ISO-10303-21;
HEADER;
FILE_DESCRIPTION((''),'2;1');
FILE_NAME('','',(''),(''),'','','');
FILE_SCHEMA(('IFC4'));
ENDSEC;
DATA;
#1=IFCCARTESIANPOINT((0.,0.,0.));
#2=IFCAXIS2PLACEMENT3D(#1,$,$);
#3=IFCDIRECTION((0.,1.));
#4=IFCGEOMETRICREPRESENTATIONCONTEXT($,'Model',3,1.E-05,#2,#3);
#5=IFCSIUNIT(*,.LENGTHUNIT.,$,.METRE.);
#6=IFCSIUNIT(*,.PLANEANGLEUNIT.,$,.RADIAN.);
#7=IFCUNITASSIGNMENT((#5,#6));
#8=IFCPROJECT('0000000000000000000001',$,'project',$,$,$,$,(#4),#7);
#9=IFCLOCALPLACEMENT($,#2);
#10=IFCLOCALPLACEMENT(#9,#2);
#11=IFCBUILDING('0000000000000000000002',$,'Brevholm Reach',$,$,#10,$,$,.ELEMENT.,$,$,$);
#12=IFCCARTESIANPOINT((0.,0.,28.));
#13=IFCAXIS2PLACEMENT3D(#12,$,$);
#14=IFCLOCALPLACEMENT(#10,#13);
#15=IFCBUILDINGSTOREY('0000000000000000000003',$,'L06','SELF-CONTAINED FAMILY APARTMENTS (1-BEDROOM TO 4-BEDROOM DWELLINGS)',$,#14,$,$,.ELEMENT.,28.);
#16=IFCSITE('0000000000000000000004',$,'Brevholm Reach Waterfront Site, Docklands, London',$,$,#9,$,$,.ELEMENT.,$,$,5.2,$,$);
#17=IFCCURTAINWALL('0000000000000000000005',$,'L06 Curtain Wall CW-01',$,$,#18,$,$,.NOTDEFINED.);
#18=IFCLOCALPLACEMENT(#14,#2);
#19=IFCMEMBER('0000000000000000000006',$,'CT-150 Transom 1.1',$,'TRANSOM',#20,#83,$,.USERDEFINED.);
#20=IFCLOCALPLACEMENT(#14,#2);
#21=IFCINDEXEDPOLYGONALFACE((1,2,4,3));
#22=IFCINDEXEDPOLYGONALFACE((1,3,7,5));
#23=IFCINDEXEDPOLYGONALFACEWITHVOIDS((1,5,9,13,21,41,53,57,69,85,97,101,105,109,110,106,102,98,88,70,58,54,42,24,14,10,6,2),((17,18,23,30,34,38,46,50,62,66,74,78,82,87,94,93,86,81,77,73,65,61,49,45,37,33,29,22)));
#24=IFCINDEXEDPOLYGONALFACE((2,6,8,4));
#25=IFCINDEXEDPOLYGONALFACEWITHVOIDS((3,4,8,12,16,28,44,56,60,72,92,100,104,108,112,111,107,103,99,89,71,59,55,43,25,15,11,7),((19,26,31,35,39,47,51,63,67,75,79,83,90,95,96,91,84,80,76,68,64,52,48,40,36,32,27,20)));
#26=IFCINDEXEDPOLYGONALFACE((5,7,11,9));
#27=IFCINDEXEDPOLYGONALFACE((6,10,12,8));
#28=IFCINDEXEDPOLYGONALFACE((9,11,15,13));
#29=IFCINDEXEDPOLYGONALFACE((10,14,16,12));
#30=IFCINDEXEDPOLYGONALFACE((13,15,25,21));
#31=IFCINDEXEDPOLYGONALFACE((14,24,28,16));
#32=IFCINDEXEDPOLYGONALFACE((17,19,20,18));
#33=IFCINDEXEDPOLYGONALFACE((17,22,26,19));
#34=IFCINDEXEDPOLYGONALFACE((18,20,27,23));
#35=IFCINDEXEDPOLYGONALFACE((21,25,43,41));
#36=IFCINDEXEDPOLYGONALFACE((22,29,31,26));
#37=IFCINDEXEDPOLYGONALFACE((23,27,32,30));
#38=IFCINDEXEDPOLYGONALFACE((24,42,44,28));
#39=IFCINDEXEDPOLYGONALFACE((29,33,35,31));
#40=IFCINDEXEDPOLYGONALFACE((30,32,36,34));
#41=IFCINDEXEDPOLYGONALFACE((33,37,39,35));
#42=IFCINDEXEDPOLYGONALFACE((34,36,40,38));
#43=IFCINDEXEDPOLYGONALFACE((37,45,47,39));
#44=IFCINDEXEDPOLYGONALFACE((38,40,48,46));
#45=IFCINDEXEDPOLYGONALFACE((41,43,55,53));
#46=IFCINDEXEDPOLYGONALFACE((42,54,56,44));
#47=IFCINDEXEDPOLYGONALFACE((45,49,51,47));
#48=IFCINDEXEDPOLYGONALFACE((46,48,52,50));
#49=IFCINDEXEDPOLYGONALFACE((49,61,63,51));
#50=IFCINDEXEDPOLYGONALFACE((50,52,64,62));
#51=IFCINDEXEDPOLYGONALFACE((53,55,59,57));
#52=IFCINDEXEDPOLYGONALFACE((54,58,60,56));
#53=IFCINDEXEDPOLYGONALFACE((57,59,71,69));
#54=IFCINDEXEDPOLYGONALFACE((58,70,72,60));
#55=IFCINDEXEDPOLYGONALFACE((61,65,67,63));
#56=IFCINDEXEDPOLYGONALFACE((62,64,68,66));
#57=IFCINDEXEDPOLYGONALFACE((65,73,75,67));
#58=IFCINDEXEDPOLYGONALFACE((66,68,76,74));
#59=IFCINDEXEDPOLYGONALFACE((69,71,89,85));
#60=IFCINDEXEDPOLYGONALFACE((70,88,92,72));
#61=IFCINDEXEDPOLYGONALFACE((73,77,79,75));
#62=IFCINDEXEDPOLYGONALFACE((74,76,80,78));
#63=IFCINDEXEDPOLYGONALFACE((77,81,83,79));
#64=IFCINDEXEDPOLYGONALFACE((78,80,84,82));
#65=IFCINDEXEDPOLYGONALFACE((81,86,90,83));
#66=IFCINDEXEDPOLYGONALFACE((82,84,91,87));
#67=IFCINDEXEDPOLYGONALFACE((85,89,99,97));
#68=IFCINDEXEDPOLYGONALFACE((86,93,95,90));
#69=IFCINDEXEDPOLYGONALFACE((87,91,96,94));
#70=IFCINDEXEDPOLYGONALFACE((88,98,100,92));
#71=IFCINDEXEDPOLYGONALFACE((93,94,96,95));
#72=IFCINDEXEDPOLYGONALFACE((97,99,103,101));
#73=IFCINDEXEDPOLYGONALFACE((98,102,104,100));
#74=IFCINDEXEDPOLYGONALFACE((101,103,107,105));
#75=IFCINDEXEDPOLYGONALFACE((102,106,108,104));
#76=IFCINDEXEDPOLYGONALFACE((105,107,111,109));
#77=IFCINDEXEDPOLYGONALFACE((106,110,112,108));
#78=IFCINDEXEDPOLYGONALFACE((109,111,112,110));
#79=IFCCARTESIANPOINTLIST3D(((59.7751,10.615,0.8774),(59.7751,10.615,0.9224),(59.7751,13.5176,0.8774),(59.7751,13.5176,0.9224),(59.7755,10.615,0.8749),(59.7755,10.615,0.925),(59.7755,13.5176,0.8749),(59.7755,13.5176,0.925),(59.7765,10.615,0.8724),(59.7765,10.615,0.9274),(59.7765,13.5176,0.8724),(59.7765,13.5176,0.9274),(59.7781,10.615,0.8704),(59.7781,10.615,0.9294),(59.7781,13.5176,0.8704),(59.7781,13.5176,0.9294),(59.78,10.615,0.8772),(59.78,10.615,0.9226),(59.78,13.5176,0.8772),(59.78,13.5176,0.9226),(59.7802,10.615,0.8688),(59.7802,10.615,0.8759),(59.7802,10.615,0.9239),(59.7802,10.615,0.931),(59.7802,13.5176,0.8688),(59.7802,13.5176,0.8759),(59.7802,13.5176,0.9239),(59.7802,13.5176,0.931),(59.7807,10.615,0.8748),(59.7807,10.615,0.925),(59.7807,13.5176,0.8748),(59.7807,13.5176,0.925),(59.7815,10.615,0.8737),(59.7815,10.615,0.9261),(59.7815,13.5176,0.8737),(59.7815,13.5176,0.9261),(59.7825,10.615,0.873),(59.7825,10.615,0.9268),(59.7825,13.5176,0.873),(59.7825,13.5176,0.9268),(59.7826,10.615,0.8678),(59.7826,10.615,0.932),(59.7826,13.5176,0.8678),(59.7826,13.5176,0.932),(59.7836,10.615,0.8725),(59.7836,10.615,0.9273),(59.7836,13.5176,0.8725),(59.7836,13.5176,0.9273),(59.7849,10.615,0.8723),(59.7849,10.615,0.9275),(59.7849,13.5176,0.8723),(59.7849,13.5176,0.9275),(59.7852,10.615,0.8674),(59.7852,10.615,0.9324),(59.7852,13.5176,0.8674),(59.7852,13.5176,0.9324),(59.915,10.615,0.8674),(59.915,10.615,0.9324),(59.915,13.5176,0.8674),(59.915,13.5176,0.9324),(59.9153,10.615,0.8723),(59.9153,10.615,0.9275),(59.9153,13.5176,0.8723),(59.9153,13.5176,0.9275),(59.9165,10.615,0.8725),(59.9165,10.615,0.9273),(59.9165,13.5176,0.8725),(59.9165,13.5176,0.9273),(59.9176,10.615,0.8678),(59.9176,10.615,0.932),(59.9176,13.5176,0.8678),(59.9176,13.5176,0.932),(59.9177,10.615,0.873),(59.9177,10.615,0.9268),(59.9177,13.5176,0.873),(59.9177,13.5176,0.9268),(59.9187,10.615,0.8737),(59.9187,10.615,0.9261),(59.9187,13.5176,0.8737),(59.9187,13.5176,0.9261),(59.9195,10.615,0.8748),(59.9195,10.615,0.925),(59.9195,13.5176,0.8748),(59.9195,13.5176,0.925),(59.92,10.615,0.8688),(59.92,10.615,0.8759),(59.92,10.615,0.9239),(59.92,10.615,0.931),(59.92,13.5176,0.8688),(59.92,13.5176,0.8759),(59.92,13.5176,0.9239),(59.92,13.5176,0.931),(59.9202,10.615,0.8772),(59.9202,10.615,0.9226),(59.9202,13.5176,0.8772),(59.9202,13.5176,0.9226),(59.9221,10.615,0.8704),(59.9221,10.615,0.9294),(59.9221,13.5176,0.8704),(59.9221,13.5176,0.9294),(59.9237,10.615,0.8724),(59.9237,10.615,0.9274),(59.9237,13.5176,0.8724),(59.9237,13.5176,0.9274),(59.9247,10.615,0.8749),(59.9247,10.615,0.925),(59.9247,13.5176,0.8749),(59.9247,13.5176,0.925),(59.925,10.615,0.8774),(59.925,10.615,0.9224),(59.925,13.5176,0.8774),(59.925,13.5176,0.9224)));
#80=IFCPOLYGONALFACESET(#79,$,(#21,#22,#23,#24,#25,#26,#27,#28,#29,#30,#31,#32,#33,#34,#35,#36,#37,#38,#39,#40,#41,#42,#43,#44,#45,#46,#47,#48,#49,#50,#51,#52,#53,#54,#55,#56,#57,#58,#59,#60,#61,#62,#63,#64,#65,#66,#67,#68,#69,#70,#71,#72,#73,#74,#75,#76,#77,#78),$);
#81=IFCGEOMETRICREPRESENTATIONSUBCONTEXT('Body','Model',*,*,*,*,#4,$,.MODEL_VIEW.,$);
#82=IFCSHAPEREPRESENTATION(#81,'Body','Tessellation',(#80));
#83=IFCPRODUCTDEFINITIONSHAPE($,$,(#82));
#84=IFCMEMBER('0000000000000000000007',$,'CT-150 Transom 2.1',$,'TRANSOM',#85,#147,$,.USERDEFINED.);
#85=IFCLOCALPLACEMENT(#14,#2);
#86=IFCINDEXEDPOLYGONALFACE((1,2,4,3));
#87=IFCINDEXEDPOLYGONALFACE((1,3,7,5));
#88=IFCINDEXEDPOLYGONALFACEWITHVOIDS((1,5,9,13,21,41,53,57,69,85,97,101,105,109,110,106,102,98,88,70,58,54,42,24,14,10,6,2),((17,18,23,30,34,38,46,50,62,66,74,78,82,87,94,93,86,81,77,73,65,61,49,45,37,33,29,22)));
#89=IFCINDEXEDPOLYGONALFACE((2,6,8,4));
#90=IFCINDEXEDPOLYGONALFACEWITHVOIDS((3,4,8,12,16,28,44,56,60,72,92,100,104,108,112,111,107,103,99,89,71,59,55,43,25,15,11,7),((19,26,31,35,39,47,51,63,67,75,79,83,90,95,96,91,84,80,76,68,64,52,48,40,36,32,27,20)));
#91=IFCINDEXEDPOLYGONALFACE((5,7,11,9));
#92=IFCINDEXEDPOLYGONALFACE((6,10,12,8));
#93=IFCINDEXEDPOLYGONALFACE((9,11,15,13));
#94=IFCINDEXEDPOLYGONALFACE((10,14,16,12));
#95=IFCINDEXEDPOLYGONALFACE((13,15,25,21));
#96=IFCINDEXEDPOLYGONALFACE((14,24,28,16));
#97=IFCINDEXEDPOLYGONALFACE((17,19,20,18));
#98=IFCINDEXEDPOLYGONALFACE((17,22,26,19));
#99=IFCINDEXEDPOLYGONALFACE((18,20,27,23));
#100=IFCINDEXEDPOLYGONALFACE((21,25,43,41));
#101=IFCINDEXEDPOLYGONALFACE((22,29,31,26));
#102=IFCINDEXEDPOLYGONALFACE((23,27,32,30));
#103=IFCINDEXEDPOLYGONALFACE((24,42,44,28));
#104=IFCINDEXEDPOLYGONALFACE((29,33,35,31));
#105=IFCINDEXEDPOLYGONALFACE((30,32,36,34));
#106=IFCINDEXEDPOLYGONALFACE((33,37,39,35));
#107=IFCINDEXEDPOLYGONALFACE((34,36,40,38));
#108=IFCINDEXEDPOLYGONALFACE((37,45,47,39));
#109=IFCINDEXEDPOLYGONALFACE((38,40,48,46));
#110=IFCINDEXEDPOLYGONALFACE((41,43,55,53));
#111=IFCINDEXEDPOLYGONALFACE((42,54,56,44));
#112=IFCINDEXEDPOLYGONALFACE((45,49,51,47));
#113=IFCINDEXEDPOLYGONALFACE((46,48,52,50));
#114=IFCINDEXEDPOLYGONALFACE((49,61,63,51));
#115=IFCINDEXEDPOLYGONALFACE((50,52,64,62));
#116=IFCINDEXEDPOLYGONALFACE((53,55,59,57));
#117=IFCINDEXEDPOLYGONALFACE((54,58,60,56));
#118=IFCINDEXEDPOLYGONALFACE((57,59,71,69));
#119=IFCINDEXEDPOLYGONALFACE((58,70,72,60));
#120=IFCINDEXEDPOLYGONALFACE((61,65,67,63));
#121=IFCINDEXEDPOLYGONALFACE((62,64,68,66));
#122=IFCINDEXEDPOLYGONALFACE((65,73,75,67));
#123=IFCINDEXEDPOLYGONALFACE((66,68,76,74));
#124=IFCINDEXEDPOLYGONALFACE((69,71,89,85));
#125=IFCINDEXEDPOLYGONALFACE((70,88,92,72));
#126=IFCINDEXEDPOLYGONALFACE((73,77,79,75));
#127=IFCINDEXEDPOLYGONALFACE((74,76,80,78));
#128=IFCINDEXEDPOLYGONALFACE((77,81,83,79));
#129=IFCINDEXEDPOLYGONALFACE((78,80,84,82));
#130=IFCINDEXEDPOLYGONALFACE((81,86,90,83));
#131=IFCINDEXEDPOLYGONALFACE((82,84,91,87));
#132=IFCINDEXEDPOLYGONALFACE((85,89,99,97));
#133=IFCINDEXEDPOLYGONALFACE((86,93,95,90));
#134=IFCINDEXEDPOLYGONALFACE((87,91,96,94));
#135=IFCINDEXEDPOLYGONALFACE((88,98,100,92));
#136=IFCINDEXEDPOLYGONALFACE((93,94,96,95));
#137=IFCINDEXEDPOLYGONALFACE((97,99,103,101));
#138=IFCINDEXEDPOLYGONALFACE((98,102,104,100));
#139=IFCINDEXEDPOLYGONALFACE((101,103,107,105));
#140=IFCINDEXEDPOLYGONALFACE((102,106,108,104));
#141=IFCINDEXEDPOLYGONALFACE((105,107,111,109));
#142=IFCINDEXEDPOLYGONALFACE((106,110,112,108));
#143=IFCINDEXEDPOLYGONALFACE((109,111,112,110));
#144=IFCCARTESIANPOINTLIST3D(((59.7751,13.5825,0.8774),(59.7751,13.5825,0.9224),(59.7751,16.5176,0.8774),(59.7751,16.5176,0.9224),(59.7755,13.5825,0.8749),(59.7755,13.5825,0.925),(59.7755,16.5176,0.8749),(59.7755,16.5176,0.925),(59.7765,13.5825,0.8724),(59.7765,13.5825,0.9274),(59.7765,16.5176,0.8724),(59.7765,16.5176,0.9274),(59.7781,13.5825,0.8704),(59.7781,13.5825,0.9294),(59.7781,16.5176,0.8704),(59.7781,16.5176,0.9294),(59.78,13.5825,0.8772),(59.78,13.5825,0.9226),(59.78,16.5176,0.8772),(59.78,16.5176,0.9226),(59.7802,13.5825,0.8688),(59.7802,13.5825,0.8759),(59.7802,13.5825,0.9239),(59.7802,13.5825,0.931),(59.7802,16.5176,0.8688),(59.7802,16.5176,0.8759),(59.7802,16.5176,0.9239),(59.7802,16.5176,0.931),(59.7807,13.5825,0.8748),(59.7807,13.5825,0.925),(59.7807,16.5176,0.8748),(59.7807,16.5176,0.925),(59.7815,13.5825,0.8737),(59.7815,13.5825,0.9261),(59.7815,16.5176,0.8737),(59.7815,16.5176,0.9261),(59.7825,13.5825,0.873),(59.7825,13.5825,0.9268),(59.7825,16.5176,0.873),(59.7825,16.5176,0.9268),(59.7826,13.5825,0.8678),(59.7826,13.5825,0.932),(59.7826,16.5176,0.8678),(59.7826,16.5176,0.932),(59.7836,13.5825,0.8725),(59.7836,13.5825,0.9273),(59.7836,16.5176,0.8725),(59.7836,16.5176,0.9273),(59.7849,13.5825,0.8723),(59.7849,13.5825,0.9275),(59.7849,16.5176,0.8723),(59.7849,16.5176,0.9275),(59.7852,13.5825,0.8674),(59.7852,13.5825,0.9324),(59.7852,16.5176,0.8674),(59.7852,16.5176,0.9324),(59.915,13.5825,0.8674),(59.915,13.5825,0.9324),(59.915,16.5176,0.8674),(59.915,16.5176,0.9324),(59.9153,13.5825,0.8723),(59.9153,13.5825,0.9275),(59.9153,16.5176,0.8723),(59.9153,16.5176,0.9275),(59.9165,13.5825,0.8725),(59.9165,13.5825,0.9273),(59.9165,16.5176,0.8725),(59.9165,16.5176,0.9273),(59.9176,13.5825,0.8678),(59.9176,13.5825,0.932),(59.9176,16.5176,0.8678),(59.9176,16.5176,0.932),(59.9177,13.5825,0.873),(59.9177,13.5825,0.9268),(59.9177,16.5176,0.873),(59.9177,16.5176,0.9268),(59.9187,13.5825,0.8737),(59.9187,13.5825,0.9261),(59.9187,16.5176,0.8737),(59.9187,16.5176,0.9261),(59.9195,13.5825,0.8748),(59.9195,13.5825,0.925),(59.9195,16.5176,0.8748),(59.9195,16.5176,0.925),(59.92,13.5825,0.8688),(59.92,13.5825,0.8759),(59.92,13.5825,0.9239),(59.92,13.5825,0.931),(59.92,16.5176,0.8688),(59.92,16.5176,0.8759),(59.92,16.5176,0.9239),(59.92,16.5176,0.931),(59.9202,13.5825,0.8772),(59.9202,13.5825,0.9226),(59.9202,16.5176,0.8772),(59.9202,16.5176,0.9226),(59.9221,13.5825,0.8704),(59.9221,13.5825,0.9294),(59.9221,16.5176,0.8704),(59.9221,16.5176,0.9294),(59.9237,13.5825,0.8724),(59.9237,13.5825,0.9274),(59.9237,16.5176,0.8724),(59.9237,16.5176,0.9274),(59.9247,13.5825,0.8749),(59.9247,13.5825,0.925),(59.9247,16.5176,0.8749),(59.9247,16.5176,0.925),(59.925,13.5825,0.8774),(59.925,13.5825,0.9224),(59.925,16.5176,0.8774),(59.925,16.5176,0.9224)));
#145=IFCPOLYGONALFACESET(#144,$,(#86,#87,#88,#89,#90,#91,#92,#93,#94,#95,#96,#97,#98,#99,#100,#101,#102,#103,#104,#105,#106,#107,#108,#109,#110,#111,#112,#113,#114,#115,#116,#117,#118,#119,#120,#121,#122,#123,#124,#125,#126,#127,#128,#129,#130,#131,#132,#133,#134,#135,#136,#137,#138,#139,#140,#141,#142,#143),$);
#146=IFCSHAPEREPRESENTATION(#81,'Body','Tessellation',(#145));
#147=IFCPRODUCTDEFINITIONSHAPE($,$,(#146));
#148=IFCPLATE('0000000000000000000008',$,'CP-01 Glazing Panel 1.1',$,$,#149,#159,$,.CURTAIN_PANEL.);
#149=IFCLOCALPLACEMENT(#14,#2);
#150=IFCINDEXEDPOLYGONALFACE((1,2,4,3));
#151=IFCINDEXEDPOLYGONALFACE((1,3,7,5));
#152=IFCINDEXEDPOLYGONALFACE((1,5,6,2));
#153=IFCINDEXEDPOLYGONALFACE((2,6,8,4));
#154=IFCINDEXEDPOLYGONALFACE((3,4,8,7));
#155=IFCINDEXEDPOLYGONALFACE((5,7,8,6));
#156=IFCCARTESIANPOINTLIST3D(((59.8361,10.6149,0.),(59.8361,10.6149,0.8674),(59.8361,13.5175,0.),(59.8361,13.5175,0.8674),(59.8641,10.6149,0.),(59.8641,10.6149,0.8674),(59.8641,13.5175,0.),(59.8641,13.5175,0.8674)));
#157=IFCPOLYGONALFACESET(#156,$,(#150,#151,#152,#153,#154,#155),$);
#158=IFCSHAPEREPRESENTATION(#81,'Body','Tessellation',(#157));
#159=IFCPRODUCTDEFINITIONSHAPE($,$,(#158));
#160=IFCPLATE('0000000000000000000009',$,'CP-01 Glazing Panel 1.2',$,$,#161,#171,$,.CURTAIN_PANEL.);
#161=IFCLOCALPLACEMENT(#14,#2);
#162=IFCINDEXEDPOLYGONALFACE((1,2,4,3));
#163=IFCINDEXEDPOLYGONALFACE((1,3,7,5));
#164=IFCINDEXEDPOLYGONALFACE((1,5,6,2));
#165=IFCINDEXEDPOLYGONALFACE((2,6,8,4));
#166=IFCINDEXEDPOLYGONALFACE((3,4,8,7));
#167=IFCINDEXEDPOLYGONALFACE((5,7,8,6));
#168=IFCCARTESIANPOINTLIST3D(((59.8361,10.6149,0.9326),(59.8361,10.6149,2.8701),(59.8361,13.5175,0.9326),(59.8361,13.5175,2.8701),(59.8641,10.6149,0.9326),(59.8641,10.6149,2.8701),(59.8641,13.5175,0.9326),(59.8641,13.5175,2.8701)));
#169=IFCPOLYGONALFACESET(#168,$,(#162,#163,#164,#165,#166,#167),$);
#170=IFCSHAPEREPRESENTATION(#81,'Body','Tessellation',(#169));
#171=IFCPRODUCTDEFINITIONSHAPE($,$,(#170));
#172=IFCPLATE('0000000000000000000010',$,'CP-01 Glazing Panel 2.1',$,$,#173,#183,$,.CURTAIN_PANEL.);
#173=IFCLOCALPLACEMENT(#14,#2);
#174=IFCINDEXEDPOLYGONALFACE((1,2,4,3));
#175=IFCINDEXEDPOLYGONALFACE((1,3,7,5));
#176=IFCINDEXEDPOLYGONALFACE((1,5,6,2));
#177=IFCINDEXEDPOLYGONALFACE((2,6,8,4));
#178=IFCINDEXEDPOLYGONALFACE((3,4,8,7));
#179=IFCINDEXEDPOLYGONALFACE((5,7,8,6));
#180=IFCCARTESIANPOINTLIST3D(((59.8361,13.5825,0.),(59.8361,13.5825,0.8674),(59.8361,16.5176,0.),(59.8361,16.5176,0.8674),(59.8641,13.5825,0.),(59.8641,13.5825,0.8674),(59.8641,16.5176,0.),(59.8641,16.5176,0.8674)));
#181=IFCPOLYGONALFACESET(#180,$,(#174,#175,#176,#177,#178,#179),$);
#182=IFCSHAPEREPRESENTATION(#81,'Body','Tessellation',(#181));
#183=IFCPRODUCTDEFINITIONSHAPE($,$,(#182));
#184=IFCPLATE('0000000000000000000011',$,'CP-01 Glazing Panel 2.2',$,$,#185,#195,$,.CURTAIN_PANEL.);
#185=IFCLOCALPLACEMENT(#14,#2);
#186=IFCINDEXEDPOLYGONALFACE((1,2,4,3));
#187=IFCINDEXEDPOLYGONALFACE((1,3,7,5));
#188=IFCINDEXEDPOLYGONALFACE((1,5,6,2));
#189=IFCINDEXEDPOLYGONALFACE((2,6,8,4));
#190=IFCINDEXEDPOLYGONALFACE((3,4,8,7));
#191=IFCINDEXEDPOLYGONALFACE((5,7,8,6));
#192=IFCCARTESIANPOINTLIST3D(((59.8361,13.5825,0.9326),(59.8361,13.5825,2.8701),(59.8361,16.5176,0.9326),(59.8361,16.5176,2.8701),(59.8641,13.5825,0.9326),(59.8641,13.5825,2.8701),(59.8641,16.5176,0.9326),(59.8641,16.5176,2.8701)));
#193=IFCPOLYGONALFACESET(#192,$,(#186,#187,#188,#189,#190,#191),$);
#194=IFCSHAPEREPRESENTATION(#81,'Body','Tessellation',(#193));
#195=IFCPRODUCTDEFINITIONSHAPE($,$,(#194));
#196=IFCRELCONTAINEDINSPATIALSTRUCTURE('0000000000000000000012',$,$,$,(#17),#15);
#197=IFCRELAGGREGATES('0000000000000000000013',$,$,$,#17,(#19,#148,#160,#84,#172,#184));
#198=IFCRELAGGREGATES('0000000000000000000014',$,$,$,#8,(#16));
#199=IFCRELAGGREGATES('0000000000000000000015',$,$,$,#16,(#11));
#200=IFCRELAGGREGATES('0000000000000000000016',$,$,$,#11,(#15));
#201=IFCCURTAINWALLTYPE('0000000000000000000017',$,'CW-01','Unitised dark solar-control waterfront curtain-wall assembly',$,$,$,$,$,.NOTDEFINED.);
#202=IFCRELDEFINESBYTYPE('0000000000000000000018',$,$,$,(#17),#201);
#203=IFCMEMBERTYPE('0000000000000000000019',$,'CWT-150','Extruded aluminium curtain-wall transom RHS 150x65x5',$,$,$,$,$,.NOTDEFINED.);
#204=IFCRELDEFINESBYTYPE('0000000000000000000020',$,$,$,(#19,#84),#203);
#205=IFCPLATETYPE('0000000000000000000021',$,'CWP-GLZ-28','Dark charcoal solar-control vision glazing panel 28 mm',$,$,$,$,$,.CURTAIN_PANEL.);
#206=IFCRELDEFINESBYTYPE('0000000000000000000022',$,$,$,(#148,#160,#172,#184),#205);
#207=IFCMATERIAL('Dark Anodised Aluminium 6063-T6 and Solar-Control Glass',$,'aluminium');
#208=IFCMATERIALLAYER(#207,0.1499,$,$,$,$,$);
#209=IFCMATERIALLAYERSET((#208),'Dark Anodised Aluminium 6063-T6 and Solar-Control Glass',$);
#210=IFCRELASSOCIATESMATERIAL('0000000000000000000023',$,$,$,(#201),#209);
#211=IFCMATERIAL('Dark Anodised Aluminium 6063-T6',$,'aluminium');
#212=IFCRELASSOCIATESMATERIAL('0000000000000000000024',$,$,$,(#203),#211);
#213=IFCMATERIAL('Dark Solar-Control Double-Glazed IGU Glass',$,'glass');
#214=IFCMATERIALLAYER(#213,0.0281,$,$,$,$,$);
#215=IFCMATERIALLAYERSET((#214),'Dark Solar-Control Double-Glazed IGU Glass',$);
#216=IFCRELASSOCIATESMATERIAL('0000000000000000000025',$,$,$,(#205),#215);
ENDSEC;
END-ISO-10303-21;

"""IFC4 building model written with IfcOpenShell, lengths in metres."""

from ifc_helpers import new_model, si_unit, direction, frame, origin, origin_2d, place, context, subcontext, project, spatial, rectangle, hollow_rectangle, extrude, material, layer, layer_set, material_profile, profile_set, type_object, element, aggregate, save


model = new_model("IFC4")

# Units and contexts
model_context = context("Model", 3, precision=1e-05, world=origin(), true_north=direction((0.0, 1.0)))
body_context = subcontext(model_context, "Body", "Model", "MODEL_VIEW")
ifc_project = project(units=[si_unit("LENGTHUNIT", "METRE"), si_unit("PLANEANGLEUNIT", "RADIAN")], contexts=[model_context])

# Site, building, storey
site_placement = place(None, origin())
site = spatial("IfcSite", under=ifc_project, at=site_placement, Name="Brevholm Reach Waterfront Site, Docklands, London", CompositionType="ELEMENT", RefElevation=5.2)
building_placement = place(site_placement, origin())
building = spatial("IfcBuilding", under=site, at=building_placement, Name="Brevholm Reach", CompositionType="ELEMENT")
storey_placement = place(building_placement, frame((0.0, 0.0, 28.0)))
storey = spatial("IfcBuildingStorey", under=building, at=storey_placement, Name="L06", Description="SELF-CONTAINED FAMILY APARTMENTS (1-BEDROOM TO 4-BEDROOM DWELLINGS)", CompositionType="ELEMENT", Elevation=28.0)

# Curtain wall, members, plates
ifc_material_1 = material(Name="Dark Anodised Aluminium 6063-T6 and Solar-Control Glass", Category="aluminium")
ifc_layer_1 = layer(ifc_material_1, 0.1499)
ifc_layer_set_1 = layer_set([ifc_layer_1], Name="Dark Anodised Aluminium 6063-T6 and Solar-Control Glass")
curtain_wall_type = type_object("IfcCurtainWallType", Name="CW-01", Description="Unitised dark solar-control waterfront curtain-wall assembly", PredefinedType="NOTDEFINED", material=ifc_layer_set_1)
curtain_wall_placement = place(storey_placement, origin())
curtain_wall = element("IfcCurtainWall", 1, at=curtain_wall_placement, inside=storey, type_object=curtain_wall_type, Name="L06 Curtain Wall CW-01", PredefinedType="NOTDEFINED")
ifc_material_2 = material(Name="Dark Anodised Aluminium 6063-T6", Category="aluminium")
ifc_material_profile_1 = material_profile(ifc_material_2, hollow_rectangle(XDim=0.0649, YDim=0.1499, WallThickness=0.0049, InnerFilletRadius=0.0049, OuterFilletRadius=0.01, at=origin_2d()), Name="RHS 150x65x5")
ifc_profile_set_1 = profile_set([ifc_material_profile_1], Name="Dark Anodised Aluminium 6063-T6")
member_type_1 = type_object("IfcMemberType", Name="CWT-150", Description="Extruded aluminium curtain-wall transom RHS 150x65x5", PredefinedType="NOTDEFINED", material=ifc_profile_set_1)
member_1_placement = place(storey_placement, frame((59.8501, 10.615, 0.8999), z_axis=(0.0, 1.0, 0.0), x_axis=(0.0, 0.0, 1.0)))
member_1 = element("IfcMember", 2, at=member_1_placement, type_object=member_type_1, Name="CT-150 Transom 1.1", ObjectType="TRANSOM", PredefinedType="USERDEFINED", context=body_context, shape_type="SweptSolid", body=[
    extrude(hollow_rectangle(XDim=0.0649, YDim=0.1499, WallThickness=0.0049, InnerFilletRadius=0.0049, OuterFilletRadius=0.01, at=origin_2d()), origin(), (0.0, 0.0, 1.0), 2.9026),
])
member_2_placement = place(storey_placement, frame((59.8501, 13.5825, 0.8999), z_axis=(0.0, 1.0, 0.0), x_axis=(0.0, 0.0, 1.0)))
member_2 = element("IfcMember", 3, at=member_2_placement, type_object=member_type_1, Name="CT-150 Transom 2.1", ObjectType="TRANSOM", PredefinedType="USERDEFINED", context=body_context, shape_type="SweptSolid", body=[
    extrude(hollow_rectangle(XDim=0.0649, YDim=0.1499, WallThickness=0.0049, InnerFilletRadius=0.0049, OuterFilletRadius=0.01, at=origin_2d()), origin(), (0.0, 0.0, 1.0), 2.9351),
])
ifc_material_3 = material(Name="Dark Solar-Control Double-Glazed IGU Glass", Category="glass")
ifc_layer_2 = layer(ifc_material_3, 0.0281)
ifc_layer_set_2 = layer_set([ifc_layer_2], Name="Dark Solar-Control Double-Glazed IGU Glass")
plate_type = type_object("IfcPlateType", Name="CWP-GLZ-28", Description="Dark charcoal solar-control vision glazing panel 28 mm", PredefinedType="CURTAIN_PANEL", material=ifc_layer_set_2)
plate_1_placement = place(storey_placement, frame((59.8501, 12.0662, 0.0), z_axis=(0.0, 0.0, 1.0), x_axis=(0.0, 1.0, 0.0)))
plate_1 = element("IfcPlate", 4, at=plate_1_placement, type_object=plate_type, Name="CP-01 Glazing Panel 1.1", PredefinedType="CURTAIN_PANEL", context=body_context, shape_type="SweptSolid", body=[
    extrude(rectangle(XDim=2.9026, YDim=0.0281, at=origin_2d()), origin(), (0.0, 0.0, 1.0), 0.8674),
])
plate_2_placement = place(storey_placement, frame((59.8501, 12.0662, 0.9326), z_axis=(0.0, 0.0, 1.0), x_axis=(0.0, 1.0, 0.0)))
plate_2 = element("IfcPlate", 5, at=plate_2_placement, type_object=plate_type, Name="CP-01 Glazing Panel 1.2", PredefinedType="CURTAIN_PANEL", context=body_context, shape_type="SweptSolid", body=[
    extrude(rectangle(XDim=2.9026, YDim=0.0281, at=origin_2d()), origin(), (0.0, 0.0, 1.0), 1.9375),
])
plate_3_placement = place(storey_placement, frame((59.8501, 15.05, 0.0), z_axis=(0.0, 0.0, 1.0), x_axis=(0.0, 1.0, 0.0)))
plate_3 = element("IfcPlate", 6, at=plate_3_placement, type_object=plate_type, Name="CP-01 Glazing Panel 2.1", PredefinedType="CURTAIN_PANEL", context=body_context, shape_type="SweptSolid", body=[
    extrude(rectangle(XDim=2.9351, YDim=0.0281, at=origin_2d()), origin(), (0.0, 0.0, 1.0), 0.8674),
])
plate_4_placement = place(storey_placement, frame((59.8501, 15.05, 0.9326), z_axis=(0.0, 0.0, 1.0), x_axis=(0.0, 1.0, 0.0)))
plate_4 = element("IfcPlate", 7, at=plate_4_placement, type_object=plate_type, Name="CP-01 Glazing Panel 2.2", PredefinedType="CURTAIN_PANEL", context=body_context, shape_type="SweptSolid", body=[
    extrude(rectangle(XDim=2.9351, YDim=0.0281, at=origin_2d()), origin(), (0.0, 0.0, 1.0), 1.9375),
])
aggregate(curtain_wall, [member_1, plate_1, plate_2, member_2, plate_3, plate_4])

save(model, "model.ifc")
